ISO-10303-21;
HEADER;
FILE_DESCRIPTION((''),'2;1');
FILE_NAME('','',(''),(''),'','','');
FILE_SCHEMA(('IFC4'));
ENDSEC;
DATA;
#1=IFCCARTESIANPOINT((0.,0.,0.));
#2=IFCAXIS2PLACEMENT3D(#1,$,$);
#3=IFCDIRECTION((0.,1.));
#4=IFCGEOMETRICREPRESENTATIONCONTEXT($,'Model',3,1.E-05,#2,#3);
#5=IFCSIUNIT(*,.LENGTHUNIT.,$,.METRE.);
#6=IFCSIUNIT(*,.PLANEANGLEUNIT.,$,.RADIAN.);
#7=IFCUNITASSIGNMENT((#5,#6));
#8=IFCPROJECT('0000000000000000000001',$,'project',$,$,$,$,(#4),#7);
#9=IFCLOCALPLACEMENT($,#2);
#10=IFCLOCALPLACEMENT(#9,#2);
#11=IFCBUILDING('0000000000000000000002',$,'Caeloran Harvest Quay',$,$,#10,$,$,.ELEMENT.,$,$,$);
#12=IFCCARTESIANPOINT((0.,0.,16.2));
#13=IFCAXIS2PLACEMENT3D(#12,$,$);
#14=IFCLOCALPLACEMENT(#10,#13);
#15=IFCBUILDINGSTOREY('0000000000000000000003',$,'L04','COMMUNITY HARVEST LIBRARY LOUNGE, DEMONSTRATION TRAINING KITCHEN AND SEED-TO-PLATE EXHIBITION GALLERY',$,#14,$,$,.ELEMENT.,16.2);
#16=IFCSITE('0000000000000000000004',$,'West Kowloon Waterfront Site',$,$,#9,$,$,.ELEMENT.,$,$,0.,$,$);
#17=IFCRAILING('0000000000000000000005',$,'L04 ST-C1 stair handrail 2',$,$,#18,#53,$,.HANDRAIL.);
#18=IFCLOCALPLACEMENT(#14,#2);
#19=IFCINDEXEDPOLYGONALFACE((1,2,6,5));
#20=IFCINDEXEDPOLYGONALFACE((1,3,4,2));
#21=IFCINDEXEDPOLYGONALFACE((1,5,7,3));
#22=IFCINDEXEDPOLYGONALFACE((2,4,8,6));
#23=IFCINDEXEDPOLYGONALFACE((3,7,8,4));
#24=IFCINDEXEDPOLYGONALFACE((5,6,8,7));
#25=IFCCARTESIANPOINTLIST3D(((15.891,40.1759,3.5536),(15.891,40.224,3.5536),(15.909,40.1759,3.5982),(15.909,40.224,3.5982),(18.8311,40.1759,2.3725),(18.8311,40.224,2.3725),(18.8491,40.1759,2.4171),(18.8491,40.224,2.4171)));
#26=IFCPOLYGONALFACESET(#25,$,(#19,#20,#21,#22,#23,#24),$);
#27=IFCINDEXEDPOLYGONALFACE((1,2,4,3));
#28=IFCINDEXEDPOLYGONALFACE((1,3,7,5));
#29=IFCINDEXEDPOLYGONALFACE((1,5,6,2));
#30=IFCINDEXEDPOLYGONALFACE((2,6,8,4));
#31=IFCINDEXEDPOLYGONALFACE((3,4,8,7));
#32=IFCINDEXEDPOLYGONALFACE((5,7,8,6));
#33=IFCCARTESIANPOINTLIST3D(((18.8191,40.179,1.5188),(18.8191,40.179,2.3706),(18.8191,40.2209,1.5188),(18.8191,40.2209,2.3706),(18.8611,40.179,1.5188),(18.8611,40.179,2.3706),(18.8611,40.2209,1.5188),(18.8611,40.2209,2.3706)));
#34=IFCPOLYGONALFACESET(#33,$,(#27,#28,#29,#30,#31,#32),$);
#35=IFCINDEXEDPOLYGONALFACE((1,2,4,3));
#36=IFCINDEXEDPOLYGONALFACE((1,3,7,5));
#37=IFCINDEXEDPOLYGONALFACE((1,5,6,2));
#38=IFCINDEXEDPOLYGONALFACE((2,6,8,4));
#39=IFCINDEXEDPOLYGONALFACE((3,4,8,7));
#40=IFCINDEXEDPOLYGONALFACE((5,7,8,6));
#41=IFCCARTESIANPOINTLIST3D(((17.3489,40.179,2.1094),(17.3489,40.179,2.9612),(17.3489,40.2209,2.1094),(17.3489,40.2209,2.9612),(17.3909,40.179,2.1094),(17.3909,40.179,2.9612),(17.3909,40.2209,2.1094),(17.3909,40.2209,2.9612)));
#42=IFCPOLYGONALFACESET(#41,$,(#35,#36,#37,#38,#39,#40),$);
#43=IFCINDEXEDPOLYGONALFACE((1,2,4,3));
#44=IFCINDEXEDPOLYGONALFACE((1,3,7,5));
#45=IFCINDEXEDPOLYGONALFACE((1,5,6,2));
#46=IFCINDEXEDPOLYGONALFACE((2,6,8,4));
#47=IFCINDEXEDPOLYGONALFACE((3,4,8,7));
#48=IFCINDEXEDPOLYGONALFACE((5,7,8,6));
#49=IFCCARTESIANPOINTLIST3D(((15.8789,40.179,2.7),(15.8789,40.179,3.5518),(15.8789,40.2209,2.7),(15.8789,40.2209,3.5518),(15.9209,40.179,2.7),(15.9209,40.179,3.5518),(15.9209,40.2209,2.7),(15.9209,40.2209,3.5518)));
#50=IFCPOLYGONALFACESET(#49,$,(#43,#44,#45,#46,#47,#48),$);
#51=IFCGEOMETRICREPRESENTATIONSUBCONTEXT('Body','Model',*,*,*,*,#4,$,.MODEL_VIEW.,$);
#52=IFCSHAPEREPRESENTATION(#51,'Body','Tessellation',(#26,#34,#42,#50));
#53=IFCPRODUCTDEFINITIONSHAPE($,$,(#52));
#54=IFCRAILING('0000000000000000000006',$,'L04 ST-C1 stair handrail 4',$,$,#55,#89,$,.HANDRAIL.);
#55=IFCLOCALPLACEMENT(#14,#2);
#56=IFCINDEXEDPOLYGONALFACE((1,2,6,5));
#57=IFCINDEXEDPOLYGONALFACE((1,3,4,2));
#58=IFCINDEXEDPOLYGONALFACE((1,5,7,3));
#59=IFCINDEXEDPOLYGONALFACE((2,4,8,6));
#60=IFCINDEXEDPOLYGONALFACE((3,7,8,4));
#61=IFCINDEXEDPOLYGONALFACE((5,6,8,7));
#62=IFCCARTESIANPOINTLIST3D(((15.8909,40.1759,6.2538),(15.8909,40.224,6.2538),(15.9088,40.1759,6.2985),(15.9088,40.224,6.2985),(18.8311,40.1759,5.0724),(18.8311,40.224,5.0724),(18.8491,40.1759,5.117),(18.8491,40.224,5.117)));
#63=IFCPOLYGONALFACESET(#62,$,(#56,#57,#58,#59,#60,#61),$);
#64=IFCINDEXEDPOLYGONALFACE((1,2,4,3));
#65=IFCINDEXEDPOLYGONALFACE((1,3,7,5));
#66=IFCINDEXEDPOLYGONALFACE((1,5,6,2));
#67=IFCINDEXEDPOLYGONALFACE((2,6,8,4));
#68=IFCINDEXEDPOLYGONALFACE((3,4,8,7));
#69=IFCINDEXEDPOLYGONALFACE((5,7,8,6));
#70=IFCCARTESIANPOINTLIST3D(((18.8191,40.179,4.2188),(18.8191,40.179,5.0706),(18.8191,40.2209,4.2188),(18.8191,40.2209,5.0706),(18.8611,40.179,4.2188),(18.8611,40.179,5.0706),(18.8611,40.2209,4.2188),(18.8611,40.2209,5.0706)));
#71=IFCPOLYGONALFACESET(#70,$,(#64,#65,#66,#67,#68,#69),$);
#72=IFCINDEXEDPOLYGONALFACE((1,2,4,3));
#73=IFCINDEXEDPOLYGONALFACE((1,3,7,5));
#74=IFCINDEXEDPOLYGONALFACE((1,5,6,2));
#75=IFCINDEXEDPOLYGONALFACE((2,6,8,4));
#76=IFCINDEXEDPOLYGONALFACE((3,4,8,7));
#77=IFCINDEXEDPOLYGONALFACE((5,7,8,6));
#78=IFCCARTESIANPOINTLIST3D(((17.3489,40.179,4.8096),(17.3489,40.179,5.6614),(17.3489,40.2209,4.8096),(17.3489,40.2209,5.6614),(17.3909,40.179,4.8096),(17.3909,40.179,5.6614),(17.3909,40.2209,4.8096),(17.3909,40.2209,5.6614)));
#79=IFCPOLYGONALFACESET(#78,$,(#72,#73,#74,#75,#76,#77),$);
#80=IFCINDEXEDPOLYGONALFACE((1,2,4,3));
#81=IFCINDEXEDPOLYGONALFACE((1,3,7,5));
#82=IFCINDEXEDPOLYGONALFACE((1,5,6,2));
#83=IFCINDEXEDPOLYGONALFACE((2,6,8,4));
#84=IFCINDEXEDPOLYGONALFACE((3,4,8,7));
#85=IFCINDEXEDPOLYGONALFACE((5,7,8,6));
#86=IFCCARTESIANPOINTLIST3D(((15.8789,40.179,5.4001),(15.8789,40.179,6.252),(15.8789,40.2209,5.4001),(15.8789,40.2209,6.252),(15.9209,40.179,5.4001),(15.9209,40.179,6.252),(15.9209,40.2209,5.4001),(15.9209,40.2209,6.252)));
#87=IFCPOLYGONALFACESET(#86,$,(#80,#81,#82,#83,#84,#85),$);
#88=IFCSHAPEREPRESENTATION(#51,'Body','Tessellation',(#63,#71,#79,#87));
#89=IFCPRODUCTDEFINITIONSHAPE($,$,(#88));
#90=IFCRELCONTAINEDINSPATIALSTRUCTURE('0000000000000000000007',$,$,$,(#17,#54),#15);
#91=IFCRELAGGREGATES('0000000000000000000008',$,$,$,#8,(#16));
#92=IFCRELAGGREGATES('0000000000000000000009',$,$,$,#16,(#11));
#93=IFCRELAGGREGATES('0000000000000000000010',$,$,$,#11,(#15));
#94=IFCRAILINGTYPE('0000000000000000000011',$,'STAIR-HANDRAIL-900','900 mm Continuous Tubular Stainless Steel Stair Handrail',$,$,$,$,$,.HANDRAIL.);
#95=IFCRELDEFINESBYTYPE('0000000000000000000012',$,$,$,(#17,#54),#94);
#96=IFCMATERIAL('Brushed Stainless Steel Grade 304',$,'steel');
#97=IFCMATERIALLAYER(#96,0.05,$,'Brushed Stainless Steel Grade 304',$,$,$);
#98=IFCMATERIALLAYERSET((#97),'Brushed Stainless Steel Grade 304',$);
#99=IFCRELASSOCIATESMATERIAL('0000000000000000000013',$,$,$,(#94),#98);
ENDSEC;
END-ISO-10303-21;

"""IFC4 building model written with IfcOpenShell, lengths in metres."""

from ifc_helpers import new_model, si_unit, direction, frame, origin, origin_2d, place, context, subcontext, project, spatial, rectangle, extrude, material, layer, layer_set, type_object, element, save


model = new_model("IFC4")

# Units and contexts
model_context = context("Model", 3, precision=1e-05, world=origin(), true_north=direction((0.0, 1.0)))
body_context = subcontext(model_context, "Body", "Model", "MODEL_VIEW")
ifc_project = project(units=[si_unit("LENGTHUNIT", "METRE"), si_unit("PLANEANGLEUNIT", "RADIAN")], contexts=[model_context])

# Site, building, storey
site_placement = place(None, origin())
site = spatial("IfcSite", under=ifc_project, at=site_placement, Name="West Kowloon Waterfront Site", CompositionType="ELEMENT", RefElevation=0.0)
building_placement = place(site_placement, origin())
building = spatial("IfcBuilding", under=site, at=building_placement, Name="Caeloran Harvest Quay", CompositionType="ELEMENT")
storey_placement = place(building_placement, frame((0.0, 0.0, 16.2)))
storey = spatial("IfcBuildingStorey", under=building, at=storey_placement, Name="L04", Description="COMMUNITY HARVEST LIBRARY LOUNGE, DEMONSTRATION TRAINING KITCHEN AND SEED-TO-PLATE EXHIBITION GALLERY", CompositionType="ELEMENT", Elevation=16.2)

# Railings
ifc_material_1 = material(Name="Brushed Stainless Steel Grade 304", Category="steel")
ifc_layer_1 = layer(ifc_material_1, 0.05, Name="Brushed Stainless Steel Grade 304")
ifc_layer_set_1 = layer_set([ifc_layer_1], Name="Brushed Stainless Steel Grade 304")
railing_type = type_object("IfcRailingType", Name="STAIR-HANDRAIL-900", Description="900 mm Continuous Tubular Stainless Steel Stair Handrail", PredefinedType="HANDRAIL", material=ifc_layer_set_1)
railing_1_placement = place(storey_placement, frame((18.8401, 40.2, 1.5188)))
element("IfcRailing", 1, at=railing_1_placement, inside=storey, type_object=railing_type, Name="L04 ST-C1 stair handrail 2", PredefinedType="HANDRAIL", context=body_context, shape_type="SweptSolid", body=[
    extrude(rectangle(XDim=0.0481, YDim=0.0481, at=origin_2d()), frame((0.0, 0.0, 0.876), z_axis=(-0.927923, 0.0, 0.372772), x_axis=(0.0, -1.0, 0.0)), (0.0, 0.0, 1.0), 3.1685),
    extrude(rectangle(XDim=0.042, YDim=0.042, at=origin_2d()), origin(), (0.0, 0.0, 1.0), 0.8518),
    extrude(rectangle(XDim=0.042, YDim=0.042, at=origin_2d()), frame((-1.4702, 0.0, 0.5906)), (0.0, 0.0, 1.0), 0.8518),
    extrude(rectangle(XDim=0.042, YDim=0.042, at=origin_2d()), frame((-2.9402, 0.0, 1.1812)), (0.0, 0.0, 1.0), 0.8518),
])
railing_2_placement = place(storey_placement, frame((18.8401, 40.2, 4.2188)))
element("IfcRailing", 2, at=railing_2_placement, inside=storey, type_object=railing_type, Name="L04 ST-C1 stair handrail 4", PredefinedType="HANDRAIL", context=body_context, shape_type="SweptSolid", body=[
    extrude(rectangle(XDim=0.0481, YDim=0.0481, at=origin_2d()), frame((0.0, 0.0, 0.876), z_axis=(-0.927896, 0.0, 0.372838), x_axis=(0.0, -1.0, 0.0)), (0.0, 0.0, 1.0), 3.1687),
    extrude(rectangle(XDim=0.042, YDim=0.042, at=origin_2d()), origin(), (0.0, 0.0, 1.0), 0.8518),
    extrude(rectangle(XDim=0.042, YDim=0.042, at=origin_2d()), frame((-1.4702, 0.0, 0.5908)), (0.0, 0.0, 1.0), 0.8518),
    extrude(rectangle(XDim=0.042, YDim=0.042, at=origin_2d()), frame((-2.9402, 0.0, 1.1814)), (0.0, 0.0, 1.0), 0.8518),
])

save(model, "model.ifc")
